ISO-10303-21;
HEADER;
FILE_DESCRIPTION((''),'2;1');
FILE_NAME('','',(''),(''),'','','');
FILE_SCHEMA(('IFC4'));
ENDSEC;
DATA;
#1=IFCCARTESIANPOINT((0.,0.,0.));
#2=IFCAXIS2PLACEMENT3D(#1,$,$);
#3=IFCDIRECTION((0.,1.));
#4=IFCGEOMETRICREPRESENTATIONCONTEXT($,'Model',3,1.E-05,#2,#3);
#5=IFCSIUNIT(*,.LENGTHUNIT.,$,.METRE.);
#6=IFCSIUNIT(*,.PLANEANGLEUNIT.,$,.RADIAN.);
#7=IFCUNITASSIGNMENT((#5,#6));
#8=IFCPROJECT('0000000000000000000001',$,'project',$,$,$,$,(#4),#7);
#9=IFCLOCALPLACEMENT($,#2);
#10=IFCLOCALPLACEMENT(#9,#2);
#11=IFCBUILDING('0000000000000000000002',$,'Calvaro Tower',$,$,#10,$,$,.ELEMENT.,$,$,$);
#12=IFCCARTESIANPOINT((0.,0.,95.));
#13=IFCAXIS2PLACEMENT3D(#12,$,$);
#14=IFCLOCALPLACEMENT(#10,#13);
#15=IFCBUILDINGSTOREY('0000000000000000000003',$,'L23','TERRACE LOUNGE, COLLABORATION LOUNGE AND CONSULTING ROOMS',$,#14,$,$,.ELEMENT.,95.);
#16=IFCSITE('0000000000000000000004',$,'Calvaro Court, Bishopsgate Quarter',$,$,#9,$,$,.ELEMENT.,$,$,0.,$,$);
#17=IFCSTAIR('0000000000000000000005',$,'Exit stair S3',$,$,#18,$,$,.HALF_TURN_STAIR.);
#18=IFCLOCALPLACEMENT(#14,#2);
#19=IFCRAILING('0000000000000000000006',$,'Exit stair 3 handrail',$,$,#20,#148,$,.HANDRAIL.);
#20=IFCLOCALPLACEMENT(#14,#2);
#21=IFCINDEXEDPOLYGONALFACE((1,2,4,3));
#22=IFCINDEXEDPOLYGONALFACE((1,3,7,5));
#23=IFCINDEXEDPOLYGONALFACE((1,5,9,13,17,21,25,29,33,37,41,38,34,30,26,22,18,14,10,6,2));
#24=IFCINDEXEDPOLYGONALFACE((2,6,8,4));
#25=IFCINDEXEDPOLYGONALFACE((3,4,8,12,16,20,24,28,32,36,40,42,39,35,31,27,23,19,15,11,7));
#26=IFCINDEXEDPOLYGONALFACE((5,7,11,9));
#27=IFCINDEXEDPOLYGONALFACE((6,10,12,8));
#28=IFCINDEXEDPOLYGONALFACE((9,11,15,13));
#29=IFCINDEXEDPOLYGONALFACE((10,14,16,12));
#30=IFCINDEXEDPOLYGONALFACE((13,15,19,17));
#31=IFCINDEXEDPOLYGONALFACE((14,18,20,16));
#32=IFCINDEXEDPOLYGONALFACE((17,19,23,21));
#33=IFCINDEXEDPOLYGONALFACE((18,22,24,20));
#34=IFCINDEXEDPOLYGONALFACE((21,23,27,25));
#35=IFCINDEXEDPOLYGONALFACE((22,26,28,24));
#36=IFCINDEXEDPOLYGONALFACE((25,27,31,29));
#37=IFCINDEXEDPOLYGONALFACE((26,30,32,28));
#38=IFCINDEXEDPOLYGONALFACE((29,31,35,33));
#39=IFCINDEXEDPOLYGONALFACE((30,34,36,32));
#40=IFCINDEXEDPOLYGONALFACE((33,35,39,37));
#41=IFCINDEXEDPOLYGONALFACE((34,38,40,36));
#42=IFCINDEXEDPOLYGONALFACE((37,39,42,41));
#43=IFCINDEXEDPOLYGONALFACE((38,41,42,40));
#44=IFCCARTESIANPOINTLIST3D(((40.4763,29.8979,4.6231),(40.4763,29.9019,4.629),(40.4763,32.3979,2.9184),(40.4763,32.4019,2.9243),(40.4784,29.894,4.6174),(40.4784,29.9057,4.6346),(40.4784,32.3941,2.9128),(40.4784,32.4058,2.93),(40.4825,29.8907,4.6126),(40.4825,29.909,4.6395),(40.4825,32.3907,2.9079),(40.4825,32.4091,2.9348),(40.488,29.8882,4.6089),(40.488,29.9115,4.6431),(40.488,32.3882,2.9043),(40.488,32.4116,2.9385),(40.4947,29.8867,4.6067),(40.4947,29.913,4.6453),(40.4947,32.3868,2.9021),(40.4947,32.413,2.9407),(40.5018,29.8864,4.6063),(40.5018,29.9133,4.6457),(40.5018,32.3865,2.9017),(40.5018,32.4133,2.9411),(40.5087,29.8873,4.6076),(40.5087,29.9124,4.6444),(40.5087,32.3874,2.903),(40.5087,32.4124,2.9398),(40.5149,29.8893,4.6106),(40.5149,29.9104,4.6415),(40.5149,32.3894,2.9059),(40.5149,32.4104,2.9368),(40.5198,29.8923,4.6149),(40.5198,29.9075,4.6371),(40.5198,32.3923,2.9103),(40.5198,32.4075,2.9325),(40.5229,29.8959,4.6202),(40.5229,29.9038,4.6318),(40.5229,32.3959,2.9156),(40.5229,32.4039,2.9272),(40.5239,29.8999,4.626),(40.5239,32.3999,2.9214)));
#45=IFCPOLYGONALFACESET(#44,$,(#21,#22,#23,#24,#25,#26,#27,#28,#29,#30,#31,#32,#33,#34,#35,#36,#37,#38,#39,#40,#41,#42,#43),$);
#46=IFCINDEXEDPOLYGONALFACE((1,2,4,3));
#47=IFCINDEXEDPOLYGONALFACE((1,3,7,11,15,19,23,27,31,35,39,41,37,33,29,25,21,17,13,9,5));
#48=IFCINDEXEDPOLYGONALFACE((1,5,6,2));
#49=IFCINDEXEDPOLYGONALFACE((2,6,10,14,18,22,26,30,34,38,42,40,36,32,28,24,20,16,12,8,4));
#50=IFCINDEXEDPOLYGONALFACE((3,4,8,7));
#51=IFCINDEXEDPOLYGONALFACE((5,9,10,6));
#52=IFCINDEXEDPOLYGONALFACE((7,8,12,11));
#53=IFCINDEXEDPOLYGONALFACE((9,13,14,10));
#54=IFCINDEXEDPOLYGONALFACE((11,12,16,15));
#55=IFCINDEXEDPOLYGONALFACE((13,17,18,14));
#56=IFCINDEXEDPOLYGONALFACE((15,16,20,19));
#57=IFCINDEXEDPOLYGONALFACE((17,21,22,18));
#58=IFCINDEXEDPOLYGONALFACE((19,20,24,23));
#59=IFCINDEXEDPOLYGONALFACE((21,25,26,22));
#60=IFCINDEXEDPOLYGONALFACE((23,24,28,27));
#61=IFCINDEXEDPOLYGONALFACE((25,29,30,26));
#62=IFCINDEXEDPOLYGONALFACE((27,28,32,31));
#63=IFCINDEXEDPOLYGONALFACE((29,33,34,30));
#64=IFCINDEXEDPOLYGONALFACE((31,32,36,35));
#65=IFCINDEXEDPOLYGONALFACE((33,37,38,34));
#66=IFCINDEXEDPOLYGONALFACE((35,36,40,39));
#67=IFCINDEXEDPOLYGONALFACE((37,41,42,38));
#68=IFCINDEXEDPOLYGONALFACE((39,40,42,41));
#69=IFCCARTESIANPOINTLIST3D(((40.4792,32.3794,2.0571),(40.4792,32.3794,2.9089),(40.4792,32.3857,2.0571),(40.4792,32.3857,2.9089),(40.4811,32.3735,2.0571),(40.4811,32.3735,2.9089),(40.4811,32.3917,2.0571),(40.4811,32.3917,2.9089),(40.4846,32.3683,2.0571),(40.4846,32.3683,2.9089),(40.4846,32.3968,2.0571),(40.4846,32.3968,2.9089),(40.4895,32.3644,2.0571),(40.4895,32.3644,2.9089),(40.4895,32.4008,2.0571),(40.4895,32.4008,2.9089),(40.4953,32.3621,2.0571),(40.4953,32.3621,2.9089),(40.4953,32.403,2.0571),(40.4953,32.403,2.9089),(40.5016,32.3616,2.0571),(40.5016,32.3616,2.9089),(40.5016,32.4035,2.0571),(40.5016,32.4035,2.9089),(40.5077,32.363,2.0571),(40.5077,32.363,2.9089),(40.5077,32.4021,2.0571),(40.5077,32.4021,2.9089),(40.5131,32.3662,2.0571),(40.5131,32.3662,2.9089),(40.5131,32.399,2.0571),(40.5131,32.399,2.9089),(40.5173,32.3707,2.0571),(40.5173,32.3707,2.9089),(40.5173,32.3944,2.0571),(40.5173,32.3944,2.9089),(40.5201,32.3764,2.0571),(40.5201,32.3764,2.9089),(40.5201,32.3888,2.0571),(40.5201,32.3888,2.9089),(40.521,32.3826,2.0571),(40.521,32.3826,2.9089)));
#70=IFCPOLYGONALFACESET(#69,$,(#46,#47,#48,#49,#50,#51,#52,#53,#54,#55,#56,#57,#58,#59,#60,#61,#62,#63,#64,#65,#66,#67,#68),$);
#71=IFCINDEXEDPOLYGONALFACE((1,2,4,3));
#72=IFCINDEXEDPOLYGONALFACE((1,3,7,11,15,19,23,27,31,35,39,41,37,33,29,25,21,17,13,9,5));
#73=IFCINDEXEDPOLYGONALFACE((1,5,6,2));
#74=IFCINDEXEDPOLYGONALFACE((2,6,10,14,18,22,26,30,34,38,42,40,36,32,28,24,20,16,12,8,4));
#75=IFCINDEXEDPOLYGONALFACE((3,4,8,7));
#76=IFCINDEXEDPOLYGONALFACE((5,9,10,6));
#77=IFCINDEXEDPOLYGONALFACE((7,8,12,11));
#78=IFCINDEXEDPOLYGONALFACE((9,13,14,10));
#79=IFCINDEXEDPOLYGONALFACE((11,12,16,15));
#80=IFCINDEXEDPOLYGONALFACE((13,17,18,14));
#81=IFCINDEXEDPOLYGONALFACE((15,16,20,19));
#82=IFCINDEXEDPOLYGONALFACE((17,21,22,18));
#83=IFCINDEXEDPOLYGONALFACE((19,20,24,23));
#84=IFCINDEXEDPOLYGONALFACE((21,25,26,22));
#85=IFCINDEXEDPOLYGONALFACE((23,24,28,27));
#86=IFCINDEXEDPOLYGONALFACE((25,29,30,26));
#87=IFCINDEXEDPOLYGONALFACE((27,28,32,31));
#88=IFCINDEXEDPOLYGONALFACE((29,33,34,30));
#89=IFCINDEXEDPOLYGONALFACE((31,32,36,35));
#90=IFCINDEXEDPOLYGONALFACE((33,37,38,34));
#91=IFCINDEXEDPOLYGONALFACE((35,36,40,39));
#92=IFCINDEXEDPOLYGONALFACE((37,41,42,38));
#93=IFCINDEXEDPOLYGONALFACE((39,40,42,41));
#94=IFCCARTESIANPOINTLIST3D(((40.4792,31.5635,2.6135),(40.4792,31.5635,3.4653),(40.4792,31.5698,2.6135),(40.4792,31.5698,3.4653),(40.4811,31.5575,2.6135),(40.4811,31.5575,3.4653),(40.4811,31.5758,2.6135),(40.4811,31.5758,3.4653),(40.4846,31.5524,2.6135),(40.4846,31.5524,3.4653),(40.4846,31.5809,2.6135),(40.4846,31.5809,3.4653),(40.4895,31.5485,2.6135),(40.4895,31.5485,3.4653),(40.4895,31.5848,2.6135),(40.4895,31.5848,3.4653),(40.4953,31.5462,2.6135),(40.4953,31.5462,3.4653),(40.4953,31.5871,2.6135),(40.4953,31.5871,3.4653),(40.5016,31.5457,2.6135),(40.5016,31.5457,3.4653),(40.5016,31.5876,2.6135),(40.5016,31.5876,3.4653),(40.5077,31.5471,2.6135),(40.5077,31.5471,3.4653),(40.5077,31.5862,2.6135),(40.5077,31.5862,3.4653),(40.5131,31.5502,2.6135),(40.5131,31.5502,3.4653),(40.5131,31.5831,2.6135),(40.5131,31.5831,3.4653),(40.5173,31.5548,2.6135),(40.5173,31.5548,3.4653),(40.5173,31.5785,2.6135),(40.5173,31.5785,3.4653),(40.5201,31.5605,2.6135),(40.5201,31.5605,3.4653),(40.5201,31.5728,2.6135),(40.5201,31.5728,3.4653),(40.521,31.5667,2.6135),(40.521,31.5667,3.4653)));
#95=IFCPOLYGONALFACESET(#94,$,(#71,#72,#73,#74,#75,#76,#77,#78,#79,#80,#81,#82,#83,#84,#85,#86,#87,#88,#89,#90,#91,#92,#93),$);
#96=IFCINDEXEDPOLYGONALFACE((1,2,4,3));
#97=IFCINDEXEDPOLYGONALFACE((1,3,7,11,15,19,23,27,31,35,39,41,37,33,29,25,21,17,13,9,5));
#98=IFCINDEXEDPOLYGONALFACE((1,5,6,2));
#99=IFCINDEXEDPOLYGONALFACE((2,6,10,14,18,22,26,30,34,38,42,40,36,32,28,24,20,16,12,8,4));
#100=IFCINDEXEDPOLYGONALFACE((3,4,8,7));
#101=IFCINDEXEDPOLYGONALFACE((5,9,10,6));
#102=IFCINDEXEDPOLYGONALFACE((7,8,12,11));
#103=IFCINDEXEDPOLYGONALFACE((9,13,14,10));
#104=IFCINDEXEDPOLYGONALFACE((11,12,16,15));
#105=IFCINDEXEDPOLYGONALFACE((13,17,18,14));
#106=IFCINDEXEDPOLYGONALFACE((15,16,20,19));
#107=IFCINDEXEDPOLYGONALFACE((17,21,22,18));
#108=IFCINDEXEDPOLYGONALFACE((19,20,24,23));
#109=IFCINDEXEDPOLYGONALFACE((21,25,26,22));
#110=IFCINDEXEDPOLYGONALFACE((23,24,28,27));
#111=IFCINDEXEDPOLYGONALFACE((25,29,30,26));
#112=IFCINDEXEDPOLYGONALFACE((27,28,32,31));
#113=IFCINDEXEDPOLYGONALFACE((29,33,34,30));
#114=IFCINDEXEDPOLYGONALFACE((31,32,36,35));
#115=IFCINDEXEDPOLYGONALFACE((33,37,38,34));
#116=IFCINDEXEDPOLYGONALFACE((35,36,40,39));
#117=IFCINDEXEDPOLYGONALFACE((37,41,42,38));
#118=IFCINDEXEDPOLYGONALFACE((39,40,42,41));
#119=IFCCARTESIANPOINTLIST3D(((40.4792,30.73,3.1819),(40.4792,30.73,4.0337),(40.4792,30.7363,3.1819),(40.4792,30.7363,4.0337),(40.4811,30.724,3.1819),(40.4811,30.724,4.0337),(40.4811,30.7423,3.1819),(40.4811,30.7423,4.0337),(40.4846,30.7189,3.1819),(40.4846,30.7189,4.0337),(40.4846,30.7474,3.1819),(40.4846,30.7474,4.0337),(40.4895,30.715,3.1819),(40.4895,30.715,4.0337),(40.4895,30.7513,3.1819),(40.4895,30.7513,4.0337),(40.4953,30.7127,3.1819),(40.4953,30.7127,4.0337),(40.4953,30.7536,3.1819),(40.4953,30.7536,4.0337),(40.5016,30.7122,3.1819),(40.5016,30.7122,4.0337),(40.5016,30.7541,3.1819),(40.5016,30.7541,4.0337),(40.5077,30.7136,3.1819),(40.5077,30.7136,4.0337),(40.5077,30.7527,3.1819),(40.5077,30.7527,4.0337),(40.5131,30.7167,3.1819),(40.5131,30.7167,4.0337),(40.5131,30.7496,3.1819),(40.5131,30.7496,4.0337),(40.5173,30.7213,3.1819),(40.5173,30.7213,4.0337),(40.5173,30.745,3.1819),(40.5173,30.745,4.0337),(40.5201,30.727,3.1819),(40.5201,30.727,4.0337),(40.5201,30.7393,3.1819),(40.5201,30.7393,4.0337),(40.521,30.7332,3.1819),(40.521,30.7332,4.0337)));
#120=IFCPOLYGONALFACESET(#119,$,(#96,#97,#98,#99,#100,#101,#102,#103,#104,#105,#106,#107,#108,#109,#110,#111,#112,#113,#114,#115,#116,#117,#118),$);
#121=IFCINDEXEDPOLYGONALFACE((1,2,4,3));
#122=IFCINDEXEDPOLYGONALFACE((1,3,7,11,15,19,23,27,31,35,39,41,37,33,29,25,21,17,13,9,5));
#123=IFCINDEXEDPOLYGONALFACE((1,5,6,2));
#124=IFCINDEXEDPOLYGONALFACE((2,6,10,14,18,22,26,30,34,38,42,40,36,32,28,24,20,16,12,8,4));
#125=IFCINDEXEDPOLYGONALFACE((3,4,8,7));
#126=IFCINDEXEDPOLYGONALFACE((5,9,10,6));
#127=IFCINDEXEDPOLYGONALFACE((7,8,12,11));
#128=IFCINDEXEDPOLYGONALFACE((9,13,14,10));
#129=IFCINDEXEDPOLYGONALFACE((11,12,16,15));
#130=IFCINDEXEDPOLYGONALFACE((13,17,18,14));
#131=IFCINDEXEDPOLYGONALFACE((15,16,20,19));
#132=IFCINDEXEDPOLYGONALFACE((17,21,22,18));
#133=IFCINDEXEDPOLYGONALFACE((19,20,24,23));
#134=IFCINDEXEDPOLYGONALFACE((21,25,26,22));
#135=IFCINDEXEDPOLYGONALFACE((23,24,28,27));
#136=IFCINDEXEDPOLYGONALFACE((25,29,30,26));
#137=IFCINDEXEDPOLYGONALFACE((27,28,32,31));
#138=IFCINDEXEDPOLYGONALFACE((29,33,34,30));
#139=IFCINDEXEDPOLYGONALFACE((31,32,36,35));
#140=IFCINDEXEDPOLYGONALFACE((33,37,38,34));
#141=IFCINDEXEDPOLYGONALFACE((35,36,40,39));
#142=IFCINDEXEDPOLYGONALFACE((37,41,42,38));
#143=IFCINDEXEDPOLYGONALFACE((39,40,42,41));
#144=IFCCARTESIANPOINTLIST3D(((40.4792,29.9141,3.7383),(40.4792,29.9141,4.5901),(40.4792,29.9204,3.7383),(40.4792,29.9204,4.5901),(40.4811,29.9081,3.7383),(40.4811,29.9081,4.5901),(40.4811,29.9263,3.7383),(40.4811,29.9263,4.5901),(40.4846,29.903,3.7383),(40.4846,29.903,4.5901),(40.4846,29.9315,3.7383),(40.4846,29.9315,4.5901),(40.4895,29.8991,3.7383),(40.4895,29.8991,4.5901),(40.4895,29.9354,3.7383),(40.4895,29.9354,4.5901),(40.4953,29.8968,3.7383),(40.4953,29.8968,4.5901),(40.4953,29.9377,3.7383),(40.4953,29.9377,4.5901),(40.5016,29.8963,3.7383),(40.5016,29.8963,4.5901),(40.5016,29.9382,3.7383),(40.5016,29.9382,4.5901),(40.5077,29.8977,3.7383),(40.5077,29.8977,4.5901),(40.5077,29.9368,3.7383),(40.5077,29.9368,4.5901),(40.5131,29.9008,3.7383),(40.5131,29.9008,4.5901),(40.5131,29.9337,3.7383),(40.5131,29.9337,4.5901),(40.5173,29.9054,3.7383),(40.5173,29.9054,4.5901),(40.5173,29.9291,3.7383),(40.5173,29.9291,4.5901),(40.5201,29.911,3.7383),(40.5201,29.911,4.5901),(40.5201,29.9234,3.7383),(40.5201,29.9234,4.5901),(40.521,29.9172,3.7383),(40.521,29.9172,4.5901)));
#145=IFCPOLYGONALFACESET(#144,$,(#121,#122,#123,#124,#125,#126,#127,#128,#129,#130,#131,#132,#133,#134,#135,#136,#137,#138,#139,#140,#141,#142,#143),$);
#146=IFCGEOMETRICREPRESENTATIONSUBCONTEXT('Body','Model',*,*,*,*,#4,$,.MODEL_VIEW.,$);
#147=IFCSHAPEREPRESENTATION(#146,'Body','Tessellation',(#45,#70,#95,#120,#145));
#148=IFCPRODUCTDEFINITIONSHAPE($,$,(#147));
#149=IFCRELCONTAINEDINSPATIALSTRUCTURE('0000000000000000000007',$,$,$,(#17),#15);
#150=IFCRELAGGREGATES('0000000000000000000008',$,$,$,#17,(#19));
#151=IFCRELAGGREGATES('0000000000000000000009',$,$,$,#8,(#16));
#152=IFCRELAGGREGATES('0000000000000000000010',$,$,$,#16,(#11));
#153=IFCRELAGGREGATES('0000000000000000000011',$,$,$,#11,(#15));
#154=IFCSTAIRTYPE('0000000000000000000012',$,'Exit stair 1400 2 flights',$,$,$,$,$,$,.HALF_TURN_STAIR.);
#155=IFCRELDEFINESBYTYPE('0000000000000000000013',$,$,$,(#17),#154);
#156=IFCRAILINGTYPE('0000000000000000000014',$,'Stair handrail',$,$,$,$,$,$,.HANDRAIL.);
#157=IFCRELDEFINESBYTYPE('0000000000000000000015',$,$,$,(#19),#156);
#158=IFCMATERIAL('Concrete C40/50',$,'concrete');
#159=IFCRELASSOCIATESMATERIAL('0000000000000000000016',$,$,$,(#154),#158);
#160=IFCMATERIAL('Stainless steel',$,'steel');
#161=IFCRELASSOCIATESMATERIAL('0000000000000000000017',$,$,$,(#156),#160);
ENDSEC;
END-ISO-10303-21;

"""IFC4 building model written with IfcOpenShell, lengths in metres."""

from ifc_helpers import new_model, si_unit, direction, frame, origin, origin_2d, place, context, subcontext, project, spatial, circle, extrude, material, type_object, element, aggregate, save


model = new_model("IFC4")

# Units and contexts
model_context = context("Model", 3, precision=1e-05, world=origin(), true_north=direction((0.0, 1.0)))
body_context = subcontext(model_context, "Body", "Model", "MODEL_VIEW")
ifc_project = project(units=[si_unit("LENGTHUNIT", "METRE"), si_unit("PLANEANGLEUNIT", "RADIAN")], contexts=[model_context])

# Site, building, storey
site_placement = place(None, origin())
site = spatial("IfcSite", under=ifc_project, at=site_placement, Name="Calvaro Court, Bishopsgate Quarter", CompositionType="ELEMENT", RefElevation=0.0)
building_placement = place(site_placement, origin())
building = spatial("IfcBuilding", under=site, at=building_placement, Name="Calvaro Tower", CompositionType="ELEMENT")
storey_placement = place(building_placement, frame((0.0, 0.0, 95.0)))
storey = spatial("IfcBuildingStorey", under=building, at=storey_placement, Name="L23", Description="TERRACE LOUNGE, COLLABORATION LOUNGE AND CONSULTING ROOMS", CompositionType="ELEMENT", Elevation=95.0)

# Stair
ifc_material_1 = material(Name="Concrete C40/50", Category="concrete")
stair_type = type_object("IfcStairType", Name="Exit stair 1400 2 flights", PredefinedType="HALF_TURN_STAIR", material=ifc_material_1)
stair_1_placement = place(storey_placement, origin())
stair_1 = element("IfcStair", 1, at=stair_1_placement, inside=storey, type_object=stair_type, Name="Exit stair S3", PredefinedType="HALF_TURN_STAIR")

# Railing
ifc_material_2 = material(Name="Stainless steel", Category="steel")
railing_type = type_object("IfcRailingType", Name="Stair handrail", PredefinedType="HANDRAIL", material=ifc_material_2)
railing_1_placement = place(storey_placement, frame((40.5, 32.3999, 2.0454)))
railing_1 = element("IfcRailing", 2, at=railing_1_placement, type_object=railing_type, Name="Exit stair 3 handrail", PredefinedType="HANDRAIL", context=body_context, shape_type="SweptSolid", body=[
    extrude(circle(Radius=0.0239, at=origin_2d()), frame((0.0, 0.0, 0.876), z_axis=(0.0, -0.826221, 0.563347), x_axis=(1.0, 0.0, 0.0)), (0.0, 0.0, 1.0), 3.0259),
    extrude(circle(Radius=0.021, at=origin_2d()), frame((0.0, -0.0173, 0.0117)), (0.0, 0.0, 1.0), 0.8518),
    extrude(circle(Radius=0.021, at=origin_2d()), frame((0.0, -0.8333, 0.5681)), (0.0, 0.0, 1.0), 0.8518),
    extrude(circle(Radius=0.021, at=origin_2d()), frame((0.0, -1.6667, 1.1365)), (0.0, 0.0, 1.0), 0.8518),
    extrude(circle(Radius=0.021, at=origin_2d()), frame((0.0, -2.4827, 1.6929)), (0.0, 0.0, 1.0), 0.8518),
])
aggregate(stair_1, [railing_1])

save(model, "model.ifc")
